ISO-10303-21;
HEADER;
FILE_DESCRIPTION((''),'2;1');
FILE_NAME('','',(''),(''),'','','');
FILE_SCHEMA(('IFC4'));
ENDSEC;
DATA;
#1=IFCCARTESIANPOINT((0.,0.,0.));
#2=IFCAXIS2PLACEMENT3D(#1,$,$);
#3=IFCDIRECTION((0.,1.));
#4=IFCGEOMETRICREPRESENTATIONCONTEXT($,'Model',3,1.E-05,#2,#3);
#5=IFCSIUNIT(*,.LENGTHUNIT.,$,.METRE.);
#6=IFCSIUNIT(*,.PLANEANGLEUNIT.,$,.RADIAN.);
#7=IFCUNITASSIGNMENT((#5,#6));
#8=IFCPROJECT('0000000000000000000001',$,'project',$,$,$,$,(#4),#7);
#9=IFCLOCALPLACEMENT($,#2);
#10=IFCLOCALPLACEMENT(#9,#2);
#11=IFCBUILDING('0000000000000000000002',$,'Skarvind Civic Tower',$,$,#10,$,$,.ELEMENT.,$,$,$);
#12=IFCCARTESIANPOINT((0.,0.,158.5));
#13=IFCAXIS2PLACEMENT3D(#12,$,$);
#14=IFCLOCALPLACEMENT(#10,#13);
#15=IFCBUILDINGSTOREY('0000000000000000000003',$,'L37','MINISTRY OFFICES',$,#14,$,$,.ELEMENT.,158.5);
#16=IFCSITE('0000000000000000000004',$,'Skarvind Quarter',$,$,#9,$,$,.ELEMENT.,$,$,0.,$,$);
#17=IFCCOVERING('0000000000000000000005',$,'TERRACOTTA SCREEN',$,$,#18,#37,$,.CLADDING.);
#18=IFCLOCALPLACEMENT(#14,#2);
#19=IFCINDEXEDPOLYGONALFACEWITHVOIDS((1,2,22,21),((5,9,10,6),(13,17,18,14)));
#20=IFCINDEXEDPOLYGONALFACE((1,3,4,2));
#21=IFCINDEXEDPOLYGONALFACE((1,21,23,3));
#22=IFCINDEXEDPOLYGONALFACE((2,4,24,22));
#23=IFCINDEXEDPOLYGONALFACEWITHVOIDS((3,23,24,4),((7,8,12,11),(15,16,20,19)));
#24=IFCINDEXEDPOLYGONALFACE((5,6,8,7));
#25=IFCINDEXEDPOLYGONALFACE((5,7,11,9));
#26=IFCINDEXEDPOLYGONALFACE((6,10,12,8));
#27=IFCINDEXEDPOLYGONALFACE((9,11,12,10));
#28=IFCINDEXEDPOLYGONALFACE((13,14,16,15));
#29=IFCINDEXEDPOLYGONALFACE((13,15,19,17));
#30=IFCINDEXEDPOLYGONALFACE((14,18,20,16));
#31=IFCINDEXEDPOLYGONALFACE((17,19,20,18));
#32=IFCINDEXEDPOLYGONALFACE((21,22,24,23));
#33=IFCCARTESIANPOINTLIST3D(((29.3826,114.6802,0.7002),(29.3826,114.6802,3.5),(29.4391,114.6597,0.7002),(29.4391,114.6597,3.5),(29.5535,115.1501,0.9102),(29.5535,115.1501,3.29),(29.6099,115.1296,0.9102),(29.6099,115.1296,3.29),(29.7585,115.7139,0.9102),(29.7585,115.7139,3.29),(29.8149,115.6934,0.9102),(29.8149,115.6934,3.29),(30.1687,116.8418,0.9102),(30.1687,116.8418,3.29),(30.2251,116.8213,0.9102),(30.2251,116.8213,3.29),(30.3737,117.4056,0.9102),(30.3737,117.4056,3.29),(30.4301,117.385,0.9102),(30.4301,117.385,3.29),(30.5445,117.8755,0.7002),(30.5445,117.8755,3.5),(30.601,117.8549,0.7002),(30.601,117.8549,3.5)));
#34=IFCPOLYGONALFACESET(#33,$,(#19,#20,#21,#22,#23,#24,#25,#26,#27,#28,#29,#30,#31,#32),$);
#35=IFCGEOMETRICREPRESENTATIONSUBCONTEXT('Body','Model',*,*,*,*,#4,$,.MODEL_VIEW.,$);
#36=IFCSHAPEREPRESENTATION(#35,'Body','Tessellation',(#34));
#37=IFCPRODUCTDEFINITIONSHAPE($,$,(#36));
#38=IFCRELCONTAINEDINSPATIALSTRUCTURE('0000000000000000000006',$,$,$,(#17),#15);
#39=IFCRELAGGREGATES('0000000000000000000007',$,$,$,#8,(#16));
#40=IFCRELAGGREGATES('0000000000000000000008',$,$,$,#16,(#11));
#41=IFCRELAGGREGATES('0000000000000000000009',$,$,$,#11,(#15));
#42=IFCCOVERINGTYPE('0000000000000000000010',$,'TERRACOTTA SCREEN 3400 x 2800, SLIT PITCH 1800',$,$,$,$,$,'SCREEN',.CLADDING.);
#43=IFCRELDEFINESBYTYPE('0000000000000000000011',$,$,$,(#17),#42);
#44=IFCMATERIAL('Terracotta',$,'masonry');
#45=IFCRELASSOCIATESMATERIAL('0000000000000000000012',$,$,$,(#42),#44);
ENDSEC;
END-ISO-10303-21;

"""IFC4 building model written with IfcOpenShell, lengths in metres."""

from ifc_helpers import new_model, si_unit, direction, frame, origin, place, context, subcontext, project, spatial, polyline, outline, extrude, material, material_profile, profile_set, type_object, element, save


model = new_model("IFC4")

# Units and contexts
model_context = context("Model", 3, precision=1e-05, world=origin(), true_north=direction((0.0, 1.0)))
body_context = subcontext(model_context, "Body", "Model", "MODEL_VIEW")
ifc_project = project(units=[si_unit("LENGTHUNIT", "METRE"), si_unit("PLANEANGLEUNIT", "RADIAN")], contexts=[model_context])

# Site, building, storey
site_placement = place(None, origin())
site = spatial("IfcSite", under=ifc_project, at=site_placement, Name="Skarvind Quarter", CompositionType="ELEMENT", RefElevation=0.0)
building_placement = place(site_placement, origin())
building = spatial("IfcBuilding", under=site, at=building_placement, Name="Skarvind Civic Tower", CompositionType="ELEMENT")
storey_placement = place(building_placement, frame((0.0, 0.0, 158.5)))
storey = spatial("IfcBuildingStorey", under=building, at=storey_placement, Name="L37", Description="MINISTRY OFFICES", CompositionType="ELEMENT", Elevation=158.5)

# Covering
ifc_material_1 = material(Name="Terracotta", Category="masonry")
ifc_material_profile_1 = material_profile(ifc_material_1, outline(polyline([(-1.7, -1.3999), (1.7, -1.3999), (1.7, 1.3999), (-1.7, 1.3999), (-1.7, -1.3999)]), holes=[polyline([(-1.2, -1.1899), (-0.6001, -1.1899), (-0.6001, 1.1899), (-1.2, 1.1899), (-1.2, -1.1899)]), polyline([(0.6001, -1.1899), (1.2, -1.1899), (1.2, 1.1899), (0.6001, 1.1899), (0.6001, -1.1899)])]), Name="TERRACOTTA SCREEN 3400 x 2800, SLIT PITCH 1800")
ifc_profile_set_1 = profile_set([ifc_material_profile_1], Name="Terracotta")
covering_type = type_object("IfcCoveringType", Name="TERRACOTTA SCREEN 3400 x 2800, SLIT PITCH 1800", ElementType="SCREEN", PredefinedType="CLADDING", material=ifc_profile_set_1)
covering_placement = place(storey_placement, frame((30.02, 116.2573, 2.1001), z_axis=(-0.939793, 0.341743, 0.0), x_axis=(-0.341743, -0.939793, 0.0)))
element("IfcCovering", 1, at=covering_placement, inside=storey, type_object=covering_type, Name="TERRACOTTA SCREEN", PredefinedType="CLADDING", context=body_context, shape_type="SweptSolid", body=[
    extrude(outline(polyline([(-1.7, -1.3999), (1.7, -1.3999), (1.7, 1.3999), (-1.7, 1.3999), (-1.7, -1.3999)]), holes=[polyline([(-1.2, -1.1899), (-0.6001, -1.1899), (-0.6001, 1.1899), (-1.2, 1.1899), (-1.2, -1.1899)]), polyline([(0.6001, -1.1899), (1.2, -1.1899), (1.2, 1.1899), (0.6001, 1.1899), (0.6001, -1.1899)])]), origin(), (0.0, 0.0, 1.0), 0.0601),
])

save(model, "model.ifc")
